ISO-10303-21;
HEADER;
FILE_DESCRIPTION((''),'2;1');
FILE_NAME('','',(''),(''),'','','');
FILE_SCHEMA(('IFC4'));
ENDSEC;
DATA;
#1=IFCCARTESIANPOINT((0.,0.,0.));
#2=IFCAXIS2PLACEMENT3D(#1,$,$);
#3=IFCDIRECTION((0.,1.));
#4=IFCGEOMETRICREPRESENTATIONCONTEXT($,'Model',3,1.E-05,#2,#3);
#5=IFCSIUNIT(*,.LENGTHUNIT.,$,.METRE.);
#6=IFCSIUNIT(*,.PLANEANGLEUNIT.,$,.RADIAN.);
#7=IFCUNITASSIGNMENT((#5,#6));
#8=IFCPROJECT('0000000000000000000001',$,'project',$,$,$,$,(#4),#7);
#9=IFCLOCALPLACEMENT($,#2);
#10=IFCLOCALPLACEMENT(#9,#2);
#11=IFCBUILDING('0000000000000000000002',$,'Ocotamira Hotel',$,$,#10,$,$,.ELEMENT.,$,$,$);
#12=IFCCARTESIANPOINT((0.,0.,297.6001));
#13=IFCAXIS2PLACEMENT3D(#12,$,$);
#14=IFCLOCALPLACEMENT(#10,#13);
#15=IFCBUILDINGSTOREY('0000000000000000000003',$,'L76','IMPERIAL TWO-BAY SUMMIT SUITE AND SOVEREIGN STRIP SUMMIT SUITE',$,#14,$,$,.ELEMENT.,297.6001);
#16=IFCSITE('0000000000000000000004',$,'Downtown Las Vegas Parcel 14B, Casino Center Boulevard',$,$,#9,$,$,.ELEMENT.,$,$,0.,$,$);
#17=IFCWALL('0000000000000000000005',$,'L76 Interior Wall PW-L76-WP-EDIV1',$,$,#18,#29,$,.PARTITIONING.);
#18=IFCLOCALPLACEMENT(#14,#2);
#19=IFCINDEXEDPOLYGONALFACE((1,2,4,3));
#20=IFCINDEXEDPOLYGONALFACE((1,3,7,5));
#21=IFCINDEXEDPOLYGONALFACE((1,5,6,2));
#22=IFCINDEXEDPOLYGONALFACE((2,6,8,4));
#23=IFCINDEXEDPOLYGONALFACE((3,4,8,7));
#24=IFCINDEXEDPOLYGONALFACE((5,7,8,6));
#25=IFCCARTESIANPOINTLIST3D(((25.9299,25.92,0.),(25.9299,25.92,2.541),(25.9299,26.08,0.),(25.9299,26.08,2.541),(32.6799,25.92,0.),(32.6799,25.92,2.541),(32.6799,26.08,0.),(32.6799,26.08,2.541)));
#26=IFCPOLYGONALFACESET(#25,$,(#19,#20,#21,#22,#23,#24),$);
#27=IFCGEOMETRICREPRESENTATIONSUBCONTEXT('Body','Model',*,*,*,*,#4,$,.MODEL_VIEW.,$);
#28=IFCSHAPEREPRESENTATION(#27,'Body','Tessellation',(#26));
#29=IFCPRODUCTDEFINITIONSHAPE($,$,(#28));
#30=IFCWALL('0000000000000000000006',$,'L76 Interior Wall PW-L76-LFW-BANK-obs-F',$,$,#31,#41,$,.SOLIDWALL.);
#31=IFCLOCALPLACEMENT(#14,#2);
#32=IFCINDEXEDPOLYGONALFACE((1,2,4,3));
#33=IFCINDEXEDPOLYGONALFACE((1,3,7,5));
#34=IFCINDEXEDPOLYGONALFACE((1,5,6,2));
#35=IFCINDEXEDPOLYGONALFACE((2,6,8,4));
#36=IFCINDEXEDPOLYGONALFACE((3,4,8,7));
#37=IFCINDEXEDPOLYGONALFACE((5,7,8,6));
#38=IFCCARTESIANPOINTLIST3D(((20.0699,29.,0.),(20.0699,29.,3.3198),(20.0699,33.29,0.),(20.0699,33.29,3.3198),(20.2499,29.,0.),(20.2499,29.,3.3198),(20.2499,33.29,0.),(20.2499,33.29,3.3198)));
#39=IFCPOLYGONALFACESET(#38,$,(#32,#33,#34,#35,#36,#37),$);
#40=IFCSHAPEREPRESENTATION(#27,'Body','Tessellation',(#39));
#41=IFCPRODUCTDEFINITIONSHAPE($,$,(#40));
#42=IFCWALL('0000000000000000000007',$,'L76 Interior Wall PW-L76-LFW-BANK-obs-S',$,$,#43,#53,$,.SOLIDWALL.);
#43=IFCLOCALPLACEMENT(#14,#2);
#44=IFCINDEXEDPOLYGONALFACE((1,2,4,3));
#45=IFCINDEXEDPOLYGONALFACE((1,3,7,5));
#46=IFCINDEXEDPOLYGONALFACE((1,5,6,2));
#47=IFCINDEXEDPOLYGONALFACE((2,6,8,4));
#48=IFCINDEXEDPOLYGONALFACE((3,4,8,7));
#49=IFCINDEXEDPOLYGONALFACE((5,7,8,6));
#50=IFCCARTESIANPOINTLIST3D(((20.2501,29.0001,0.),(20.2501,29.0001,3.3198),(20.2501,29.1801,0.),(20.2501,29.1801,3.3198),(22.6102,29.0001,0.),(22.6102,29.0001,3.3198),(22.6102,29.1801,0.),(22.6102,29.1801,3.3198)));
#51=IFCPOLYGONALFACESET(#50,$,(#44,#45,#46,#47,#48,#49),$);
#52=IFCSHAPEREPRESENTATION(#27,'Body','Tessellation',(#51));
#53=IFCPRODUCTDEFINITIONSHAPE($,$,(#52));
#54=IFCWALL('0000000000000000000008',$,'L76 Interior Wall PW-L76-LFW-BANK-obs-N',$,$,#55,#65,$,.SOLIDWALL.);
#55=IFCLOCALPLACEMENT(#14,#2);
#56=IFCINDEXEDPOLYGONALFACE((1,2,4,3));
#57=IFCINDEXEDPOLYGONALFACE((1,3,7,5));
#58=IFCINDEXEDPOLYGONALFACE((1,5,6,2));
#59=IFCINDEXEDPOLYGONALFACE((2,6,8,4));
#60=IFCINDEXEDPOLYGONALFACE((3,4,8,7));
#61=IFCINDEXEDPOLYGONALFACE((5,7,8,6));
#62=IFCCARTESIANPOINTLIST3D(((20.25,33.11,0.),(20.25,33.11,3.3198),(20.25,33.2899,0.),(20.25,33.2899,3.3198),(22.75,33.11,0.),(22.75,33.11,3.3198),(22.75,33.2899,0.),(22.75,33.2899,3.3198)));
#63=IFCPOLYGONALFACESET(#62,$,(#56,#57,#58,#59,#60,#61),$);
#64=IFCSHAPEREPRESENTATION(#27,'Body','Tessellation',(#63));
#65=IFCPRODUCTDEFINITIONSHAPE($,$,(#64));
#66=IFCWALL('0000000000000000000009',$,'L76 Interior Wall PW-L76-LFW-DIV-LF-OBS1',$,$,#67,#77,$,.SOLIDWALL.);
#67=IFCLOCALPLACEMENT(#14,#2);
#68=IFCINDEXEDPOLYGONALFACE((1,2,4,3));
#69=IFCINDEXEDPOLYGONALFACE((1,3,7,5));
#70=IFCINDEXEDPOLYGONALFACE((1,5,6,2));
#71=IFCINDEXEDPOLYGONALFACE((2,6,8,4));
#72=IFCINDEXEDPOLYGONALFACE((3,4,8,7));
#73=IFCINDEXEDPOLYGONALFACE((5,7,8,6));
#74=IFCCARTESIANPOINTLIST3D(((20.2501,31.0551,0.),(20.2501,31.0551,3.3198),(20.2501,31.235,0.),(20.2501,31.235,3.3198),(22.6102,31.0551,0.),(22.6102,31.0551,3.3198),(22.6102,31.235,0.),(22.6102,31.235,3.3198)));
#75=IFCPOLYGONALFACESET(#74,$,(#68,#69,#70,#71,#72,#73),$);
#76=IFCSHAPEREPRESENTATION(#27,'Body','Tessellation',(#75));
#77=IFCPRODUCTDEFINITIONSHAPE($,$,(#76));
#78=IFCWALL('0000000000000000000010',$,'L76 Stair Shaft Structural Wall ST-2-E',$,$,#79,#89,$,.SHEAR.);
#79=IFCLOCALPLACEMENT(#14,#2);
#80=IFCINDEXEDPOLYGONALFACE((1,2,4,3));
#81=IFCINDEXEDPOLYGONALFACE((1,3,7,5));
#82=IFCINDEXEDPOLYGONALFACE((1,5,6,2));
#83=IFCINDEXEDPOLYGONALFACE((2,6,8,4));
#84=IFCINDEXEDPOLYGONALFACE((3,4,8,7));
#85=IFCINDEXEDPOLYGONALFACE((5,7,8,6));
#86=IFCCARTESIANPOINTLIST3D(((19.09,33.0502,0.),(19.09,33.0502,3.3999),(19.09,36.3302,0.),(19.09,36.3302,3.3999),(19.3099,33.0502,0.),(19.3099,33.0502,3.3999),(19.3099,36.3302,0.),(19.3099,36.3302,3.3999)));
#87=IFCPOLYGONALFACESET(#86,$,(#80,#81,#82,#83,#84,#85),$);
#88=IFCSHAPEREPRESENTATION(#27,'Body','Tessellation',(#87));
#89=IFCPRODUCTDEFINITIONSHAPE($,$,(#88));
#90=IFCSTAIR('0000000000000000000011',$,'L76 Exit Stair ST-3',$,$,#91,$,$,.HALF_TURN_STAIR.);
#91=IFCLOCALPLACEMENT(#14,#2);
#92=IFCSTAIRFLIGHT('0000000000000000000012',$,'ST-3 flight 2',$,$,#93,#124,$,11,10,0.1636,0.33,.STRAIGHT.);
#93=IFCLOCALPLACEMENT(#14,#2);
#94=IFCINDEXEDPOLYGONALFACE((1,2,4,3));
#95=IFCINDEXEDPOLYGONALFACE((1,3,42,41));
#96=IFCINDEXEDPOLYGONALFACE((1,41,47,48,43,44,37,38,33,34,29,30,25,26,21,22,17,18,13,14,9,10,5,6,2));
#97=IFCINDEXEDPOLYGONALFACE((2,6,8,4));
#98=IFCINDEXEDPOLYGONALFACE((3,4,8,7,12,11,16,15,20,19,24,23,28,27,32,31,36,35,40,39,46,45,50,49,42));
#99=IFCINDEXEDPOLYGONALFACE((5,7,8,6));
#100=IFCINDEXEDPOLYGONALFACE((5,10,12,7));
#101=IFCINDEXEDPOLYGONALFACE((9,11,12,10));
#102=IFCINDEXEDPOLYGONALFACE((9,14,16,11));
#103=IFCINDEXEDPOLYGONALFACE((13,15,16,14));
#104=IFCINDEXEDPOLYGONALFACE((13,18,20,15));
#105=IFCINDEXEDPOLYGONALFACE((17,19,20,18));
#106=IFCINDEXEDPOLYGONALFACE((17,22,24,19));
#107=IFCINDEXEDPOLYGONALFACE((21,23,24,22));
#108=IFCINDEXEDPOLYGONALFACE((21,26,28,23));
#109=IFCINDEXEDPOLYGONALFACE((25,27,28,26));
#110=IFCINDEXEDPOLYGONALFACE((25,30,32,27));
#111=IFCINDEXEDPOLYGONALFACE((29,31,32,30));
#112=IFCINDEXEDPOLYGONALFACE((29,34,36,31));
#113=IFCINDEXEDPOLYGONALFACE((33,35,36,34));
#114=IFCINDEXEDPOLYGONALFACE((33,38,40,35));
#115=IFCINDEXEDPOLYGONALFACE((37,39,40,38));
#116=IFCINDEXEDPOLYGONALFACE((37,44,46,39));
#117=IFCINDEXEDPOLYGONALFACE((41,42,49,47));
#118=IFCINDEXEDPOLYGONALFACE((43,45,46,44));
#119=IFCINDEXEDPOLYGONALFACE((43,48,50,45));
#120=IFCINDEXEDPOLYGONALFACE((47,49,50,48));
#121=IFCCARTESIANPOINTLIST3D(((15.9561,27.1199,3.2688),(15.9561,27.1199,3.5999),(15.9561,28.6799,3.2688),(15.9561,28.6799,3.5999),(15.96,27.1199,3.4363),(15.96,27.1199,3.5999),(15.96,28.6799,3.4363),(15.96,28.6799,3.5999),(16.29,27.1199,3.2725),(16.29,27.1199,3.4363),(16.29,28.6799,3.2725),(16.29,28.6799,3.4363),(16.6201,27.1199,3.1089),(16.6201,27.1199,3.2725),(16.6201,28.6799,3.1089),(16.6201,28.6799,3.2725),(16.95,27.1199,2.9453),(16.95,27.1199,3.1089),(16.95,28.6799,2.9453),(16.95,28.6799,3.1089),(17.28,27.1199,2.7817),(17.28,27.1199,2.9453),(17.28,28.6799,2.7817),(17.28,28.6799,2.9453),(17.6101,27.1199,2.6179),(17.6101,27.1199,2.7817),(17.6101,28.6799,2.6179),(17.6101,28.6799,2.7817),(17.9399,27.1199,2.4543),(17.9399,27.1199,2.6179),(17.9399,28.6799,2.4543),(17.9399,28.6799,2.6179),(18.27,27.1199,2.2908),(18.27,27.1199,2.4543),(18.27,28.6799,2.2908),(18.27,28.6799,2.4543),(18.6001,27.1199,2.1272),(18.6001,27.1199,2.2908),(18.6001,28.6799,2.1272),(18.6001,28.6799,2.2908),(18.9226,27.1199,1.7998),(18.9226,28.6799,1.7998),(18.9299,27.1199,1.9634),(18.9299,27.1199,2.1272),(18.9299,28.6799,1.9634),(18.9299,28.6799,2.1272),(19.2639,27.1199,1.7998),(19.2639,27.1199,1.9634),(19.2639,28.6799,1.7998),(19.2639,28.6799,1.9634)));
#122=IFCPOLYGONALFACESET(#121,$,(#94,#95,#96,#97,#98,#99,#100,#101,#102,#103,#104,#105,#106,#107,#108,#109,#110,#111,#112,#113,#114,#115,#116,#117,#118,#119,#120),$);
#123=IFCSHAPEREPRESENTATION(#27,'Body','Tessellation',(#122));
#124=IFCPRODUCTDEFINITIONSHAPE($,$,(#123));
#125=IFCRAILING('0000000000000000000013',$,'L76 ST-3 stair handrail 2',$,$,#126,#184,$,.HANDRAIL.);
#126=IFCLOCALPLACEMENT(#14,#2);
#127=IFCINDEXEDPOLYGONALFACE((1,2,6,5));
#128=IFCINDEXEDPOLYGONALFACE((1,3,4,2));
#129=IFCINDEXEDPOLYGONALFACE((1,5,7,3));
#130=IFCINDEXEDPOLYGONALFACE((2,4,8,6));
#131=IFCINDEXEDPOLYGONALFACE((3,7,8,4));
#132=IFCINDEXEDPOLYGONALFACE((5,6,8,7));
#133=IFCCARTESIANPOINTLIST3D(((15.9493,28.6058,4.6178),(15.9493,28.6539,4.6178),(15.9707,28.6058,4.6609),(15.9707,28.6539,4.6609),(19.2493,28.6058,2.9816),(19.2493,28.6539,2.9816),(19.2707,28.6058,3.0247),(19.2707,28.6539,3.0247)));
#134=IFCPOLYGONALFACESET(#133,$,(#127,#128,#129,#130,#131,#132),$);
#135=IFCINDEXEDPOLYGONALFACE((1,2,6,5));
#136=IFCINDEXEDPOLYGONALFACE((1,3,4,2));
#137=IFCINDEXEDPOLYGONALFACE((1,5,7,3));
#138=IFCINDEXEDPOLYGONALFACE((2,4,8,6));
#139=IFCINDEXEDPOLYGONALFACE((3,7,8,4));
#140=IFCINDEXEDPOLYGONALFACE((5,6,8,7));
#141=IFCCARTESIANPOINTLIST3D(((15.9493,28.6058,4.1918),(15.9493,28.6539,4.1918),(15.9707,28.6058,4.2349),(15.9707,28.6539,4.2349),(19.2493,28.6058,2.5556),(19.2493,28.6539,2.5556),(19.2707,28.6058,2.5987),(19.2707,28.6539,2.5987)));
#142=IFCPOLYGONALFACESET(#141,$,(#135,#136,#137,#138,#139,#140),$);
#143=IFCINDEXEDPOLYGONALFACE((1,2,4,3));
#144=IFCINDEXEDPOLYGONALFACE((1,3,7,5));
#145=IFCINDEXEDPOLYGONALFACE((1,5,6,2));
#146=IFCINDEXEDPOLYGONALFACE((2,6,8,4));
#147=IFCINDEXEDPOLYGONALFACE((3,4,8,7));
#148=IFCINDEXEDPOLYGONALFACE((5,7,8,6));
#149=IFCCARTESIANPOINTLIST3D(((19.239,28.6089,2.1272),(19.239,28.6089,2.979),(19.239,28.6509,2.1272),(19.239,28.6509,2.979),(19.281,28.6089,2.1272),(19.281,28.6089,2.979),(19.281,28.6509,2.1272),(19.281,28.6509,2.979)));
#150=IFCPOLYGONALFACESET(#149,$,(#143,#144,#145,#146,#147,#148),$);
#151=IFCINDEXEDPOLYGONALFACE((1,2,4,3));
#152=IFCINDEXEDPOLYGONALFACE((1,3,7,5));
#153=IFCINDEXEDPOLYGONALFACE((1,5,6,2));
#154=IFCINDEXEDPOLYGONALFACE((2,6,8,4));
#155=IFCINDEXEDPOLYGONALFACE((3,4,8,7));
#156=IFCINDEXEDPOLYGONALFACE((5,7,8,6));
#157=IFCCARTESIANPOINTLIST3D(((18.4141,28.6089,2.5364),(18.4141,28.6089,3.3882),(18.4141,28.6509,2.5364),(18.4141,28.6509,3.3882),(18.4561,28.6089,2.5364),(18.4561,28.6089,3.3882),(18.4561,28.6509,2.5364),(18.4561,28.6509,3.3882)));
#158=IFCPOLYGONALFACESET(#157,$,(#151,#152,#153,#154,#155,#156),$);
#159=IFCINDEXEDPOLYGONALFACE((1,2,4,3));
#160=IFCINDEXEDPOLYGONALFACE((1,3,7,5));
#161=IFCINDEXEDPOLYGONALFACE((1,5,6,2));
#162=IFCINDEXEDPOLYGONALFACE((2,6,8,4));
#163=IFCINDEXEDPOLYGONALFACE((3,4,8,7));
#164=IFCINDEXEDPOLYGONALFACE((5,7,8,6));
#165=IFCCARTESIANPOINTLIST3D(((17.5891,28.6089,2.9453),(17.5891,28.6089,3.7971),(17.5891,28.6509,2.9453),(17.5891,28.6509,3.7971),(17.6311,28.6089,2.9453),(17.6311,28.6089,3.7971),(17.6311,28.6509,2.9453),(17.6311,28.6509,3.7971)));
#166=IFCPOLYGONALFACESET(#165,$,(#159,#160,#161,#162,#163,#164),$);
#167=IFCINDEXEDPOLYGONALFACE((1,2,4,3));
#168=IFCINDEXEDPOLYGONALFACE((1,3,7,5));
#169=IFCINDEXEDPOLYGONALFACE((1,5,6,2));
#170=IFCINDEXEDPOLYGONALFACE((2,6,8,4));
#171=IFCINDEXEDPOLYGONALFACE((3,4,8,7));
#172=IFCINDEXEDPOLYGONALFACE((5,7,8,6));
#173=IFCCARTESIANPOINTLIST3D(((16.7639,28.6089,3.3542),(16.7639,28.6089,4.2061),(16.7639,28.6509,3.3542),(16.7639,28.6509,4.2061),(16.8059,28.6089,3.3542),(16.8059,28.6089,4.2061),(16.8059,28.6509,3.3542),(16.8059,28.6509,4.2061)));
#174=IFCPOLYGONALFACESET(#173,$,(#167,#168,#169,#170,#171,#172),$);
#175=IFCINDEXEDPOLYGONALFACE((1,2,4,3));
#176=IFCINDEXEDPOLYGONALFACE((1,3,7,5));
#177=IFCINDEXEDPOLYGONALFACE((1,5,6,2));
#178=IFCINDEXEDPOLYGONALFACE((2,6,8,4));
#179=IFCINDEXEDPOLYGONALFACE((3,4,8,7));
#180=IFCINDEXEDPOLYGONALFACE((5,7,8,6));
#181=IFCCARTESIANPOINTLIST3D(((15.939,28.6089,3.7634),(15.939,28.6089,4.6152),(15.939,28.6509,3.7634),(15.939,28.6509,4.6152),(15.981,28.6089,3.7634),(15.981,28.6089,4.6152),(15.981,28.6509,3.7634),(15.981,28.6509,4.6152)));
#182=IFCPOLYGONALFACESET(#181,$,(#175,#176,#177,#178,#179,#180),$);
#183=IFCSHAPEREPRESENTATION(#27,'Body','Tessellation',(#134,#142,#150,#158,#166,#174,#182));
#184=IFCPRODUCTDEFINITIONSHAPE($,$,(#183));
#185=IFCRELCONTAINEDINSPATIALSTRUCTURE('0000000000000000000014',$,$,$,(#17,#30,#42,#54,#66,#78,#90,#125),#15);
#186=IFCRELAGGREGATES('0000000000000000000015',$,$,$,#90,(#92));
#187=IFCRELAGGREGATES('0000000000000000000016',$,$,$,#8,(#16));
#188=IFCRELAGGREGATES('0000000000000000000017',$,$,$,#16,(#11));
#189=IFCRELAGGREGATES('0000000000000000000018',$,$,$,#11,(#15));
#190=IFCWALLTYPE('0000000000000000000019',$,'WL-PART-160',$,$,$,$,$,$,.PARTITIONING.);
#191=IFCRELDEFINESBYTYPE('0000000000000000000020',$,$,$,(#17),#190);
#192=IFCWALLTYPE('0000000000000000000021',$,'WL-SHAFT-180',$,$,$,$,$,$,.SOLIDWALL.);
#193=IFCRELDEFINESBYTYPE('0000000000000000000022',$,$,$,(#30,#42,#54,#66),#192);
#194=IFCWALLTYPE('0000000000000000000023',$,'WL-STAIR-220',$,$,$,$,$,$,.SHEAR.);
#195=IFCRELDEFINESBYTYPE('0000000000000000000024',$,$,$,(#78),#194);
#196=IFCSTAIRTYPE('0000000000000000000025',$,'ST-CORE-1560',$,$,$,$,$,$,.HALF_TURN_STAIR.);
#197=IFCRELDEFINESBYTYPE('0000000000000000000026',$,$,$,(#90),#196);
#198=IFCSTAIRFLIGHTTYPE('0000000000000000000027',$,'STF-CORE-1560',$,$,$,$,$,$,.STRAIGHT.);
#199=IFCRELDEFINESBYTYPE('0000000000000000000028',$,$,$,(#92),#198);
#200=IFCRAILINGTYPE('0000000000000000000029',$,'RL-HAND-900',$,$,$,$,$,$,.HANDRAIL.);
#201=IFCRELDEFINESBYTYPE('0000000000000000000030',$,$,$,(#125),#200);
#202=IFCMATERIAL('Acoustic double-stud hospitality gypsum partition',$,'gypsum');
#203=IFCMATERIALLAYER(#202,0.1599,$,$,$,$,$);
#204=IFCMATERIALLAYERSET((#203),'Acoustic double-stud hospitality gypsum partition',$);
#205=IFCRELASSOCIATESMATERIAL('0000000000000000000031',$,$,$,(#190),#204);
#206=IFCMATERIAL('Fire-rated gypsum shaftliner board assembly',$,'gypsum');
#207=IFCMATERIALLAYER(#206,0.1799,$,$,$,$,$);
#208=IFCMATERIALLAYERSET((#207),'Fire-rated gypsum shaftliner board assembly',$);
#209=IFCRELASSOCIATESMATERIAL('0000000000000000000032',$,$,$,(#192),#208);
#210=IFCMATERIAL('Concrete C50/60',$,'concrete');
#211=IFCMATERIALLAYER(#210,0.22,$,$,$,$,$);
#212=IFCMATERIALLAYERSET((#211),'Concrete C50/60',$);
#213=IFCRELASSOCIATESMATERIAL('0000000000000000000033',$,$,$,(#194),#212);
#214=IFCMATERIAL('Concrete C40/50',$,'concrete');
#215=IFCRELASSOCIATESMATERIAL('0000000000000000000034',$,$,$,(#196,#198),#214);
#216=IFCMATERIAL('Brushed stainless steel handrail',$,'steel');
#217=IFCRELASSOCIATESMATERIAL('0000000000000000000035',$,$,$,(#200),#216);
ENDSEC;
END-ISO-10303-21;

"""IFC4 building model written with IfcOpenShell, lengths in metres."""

from ifc_helpers import new_model, si_unit, direction, frame, frame_2d, origin, origin_2d, place, context, subcontext, project, spatial, polyline, rectangle, outline, extrude, source, transform, mapped, material, layer, layer_set, type_object, element, aggregate, save


model = new_model("IFC4")

# Units and contexts
model_context = context("Model", 3, precision=1e-05, world=origin(), true_north=direction((0.0, 1.0)))
body_context = subcontext(model_context, "Body", "Model", "MODEL_VIEW")
ifc_project = project(units=[si_unit("LENGTHUNIT", "METRE"), si_unit("PLANEANGLEUNIT", "RADIAN")], contexts=[model_context])

# Site, building, storey
site_placement = place(None, origin())
site = spatial("IfcSite", under=ifc_project, at=site_placement, Name="Downtown Las Vegas Parcel 14B, Casino Center Boulevard", CompositionType="ELEMENT", RefElevation=0.0)
building_placement = place(site_placement, origin())
building = spatial("IfcBuilding", under=site, at=building_placement, Name="Ocotamira Hotel", CompositionType="ELEMENT")
storey_placement = place(building_placement, frame((0.0, 0.0, 297.6001)))
storey = spatial("IfcBuildingStorey", under=building, at=storey_placement, Name="L76", Description="IMPERIAL TWO-BAY SUMMIT SUITE AND SOVEREIGN STRIP SUMMIT SUITE", CompositionType="ELEMENT", Elevation=297.6001)

# Walls
ifc_material_1 = material(Name="Acoustic double-stud hospitality gypsum partition", Category="gypsum")
ifc_layer_1 = layer(ifc_material_1, 0.1599)
ifc_layer_set_1 = layer_set([ifc_layer_1], Name="Acoustic double-stud hospitality gypsum partition")
wall_type_1 = type_object("IfcWallType", Name="WL-PART-160", PredefinedType="PARTITIONING", material=ifc_layer_set_1)
wall_1_placement = place(storey_placement, frame((25.9299, 26.0, 0.0), z_axis=(0.0, 0.0, 1.0), x_axis=(1.0, 0.0, 0.0)))
element("IfcWall", 1, at=wall_1_placement, inside=storey, type_object=wall_type_1, Name="L76 Interior Wall PW-L76-WP-EDIV1", PredefinedType="PARTITIONING", context=body_context, shape_type="SweptSolid", body=[
    extrude(rectangle(XDim=6.75, YDim=0.1599, at=frame_2d((3.375, 0.0))), origin(), (0.0, 0.0, 1.0), 2.541),
])
ifc_material_2 = material(Name="Fire-rated gypsum shaftliner board assembly", Category="gypsum")
ifc_layer_2 = layer(ifc_material_2, 0.1799)
ifc_layer_set_2 = layer_set([ifc_layer_2], Name="Fire-rated gypsum shaftliner board assembly")
wall_type_2 = type_object("IfcWallType", Name="WL-SHAFT-180", PredefinedType="SOLIDWALL", material=ifc_layer_set_2)
wall_2_placement = place(storey_placement, frame((20.1599, 29.0, 0.0), z_axis=(0.0, 0.0, 1.0), x_axis=(0.0, 1.0, 0.0)))
element("IfcWall", 2, at=wall_2_placement, inside=storey, type_object=wall_type_2, Name="L76 Interior Wall PW-L76-LFW-BANK-obs-F", PredefinedType="SOLIDWALL", context=body_context, shape_type="SweptSolid", body=[
    extrude(rectangle(XDim=4.29, YDim=0.1799, at=frame_2d((2.145, 0.0))), origin(), (0.0, 0.0, 1.0), 3.3198),
])
wall_3_placement = place(storey_placement, frame((20.25, 29.0901, 0.0), z_axis=(0.0, 0.0, 1.0), x_axis=(1.0, 0.0, 0.0)))
element("IfcWall", 3, at=wall_3_placement, inside=storey, type_object=wall_type_2, Name="L76 Interior Wall PW-L76-LFW-BANK-obs-S", PredefinedType="SOLIDWALL", context=body_context, shape_type="SweptSolid", body=[
    extrude(rectangle(XDim=2.3601, YDim=0.1799, at=frame_2d((1.1802, 0.0))), origin(), (0.0, 0.0, 1.0), 3.3198),
])
wall_4_placement = place(storey_placement, frame((20.25, 33.2, 0.0), z_axis=(0.0, 0.0, 1.0), x_axis=(1.0, 0.0, 0.0)))
element("IfcWall", 4, at=wall_4_placement, inside=storey, type_object=wall_type_2, Name="L76 Interior Wall PW-L76-LFW-BANK-obs-N", PredefinedType="SOLIDWALL", context=body_context, shape_type="SweptSolid", body=[
    extrude(rectangle(XDim=2.5, YDim=0.1799, at=frame_2d((1.25, 0.0))), origin(), (0.0, 0.0, 1.0), 3.3198),
])
wall_5_placement = place(storey_placement, frame((20.25, 31.145, 0.0), z_axis=(0.0, 0.0, 1.0), x_axis=(1.0, 0.0, 0.0)))
element("IfcWall", 5, at=wall_5_placement, inside=storey, type_object=wall_type_2, Name="L76 Interior Wall PW-L76-LFW-DIV-LF-OBS1", PredefinedType="SOLIDWALL", context=body_context, shape_type="SweptSolid", body=[
    extrude(rectangle(XDim=2.3601, YDim=0.1799, at=frame_2d((1.1802, 0.0))), origin(), (0.0, 0.0, 1.0), 3.3198),
])
ifc_material_3 = material(Name="Concrete C50/60", Category="concrete")
ifc_layer_3 = layer(ifc_material_3, 0.22)
ifc_layer_set_3 = layer_set([ifc_layer_3], Name="Concrete C50/60")
wall_type_3 = type_object("IfcWallType", Name="WL-STAIR-220", PredefinedType="SHEAR", material=ifc_layer_set_3)
wall_6_placement = place(storey_placement, frame((19.2, 33.05, 0.0), z_axis=(0.0, 0.0, 1.0), x_axis=(0.0, 1.0, 0.0)))
element("IfcWall", 6, at=wall_6_placement, inside=storey, type_object=wall_type_3, Name="L76 Stair Shaft Structural Wall ST-2-E", PredefinedType="SHEAR", context=body_context, shape_type="SweptSolid", body=[
    extrude(rectangle(XDim=3.28, YDim=0.22, at=frame_2d((1.6401, 0.0))), origin(), (0.0, 0.0, 1.0), 3.3999),
])

# Stair, stair flight
ifc_material_4 = material(Name="Concrete C40/50", Category="concrete")
stair_type = type_object("IfcStairType", Name="ST-CORE-1560", PredefinedType="HALF_TURN_STAIR", material=ifc_material_4)
stair_placement = place(storey_placement, origin())
stair = element("IfcStair", 7, at=stair_placement, inside=storey, type_object=stair_type, Name="L76 Exit Stair ST-3", PredefinedType="HALF_TURN_STAIR")
stair_flight_type = type_object("IfcStairFlightType", Name="STF-CORE-1560", PredefinedType="STRAIGHT", material=ifc_material_4)
shared_shape_1 = source(origin(), body_context, "Body", "SweptSolid", [
    extrude(outline(polyline([(-0.0039, 0.0), (-0.0039, 0.1636), (0.3301, 0.1636), (0.3301, 0.3274), (0.6599, 0.3274), (0.6599, 0.491), (0.99, 0.491), (0.99, 0.6545), (1.3201, 0.6545), (1.3201, 0.8181), (1.6499, 0.8181), (1.6499, 0.9819), (1.98, 0.9819), (1.98, 1.1455), (2.3101, 1.1455), (2.3101, 1.3091), (2.6399, 1.3091), (2.6399, 1.4727), (2.97, 1.4727), (2.97, 1.6365), (3.3, 1.6365), (3.3, 1.8), (3.304, 1.8), (3.304, 1.469), (0.3374, 0.0), (-0.0039, 0.0)])), frame((0.0, 0.78, 0.0), z_axis=(0.0, -1.0, 0.0), x_axis=(1.0, 0.0, 0.0)), (0.0, 0.0, 1.0), 1.5601),
])
stair_flight_placement = place(storey_placement, frame((19.26, 27.8999, 1.7998), z_axis=(0.0, 0.0, 1.0), x_axis=(-1.0, 0.0, 0.0)))
stair_flight = element("IfcStairFlight", 8, at=stair_flight_placement, type_object=stair_flight_type, Name="ST-3 flight 2", NumberOfRisers=11, NumberOfTreads=10, PredefinedType="STRAIGHT", RiserHeight=0.1636, TreadLength=0.33, context=body_context, shape_type="MappedRepresentation", body=[
    mapped(shared_shape_1, transform((0.0, 0.0, 0.0), scale=1.0)),
])
aggregate(stair, [stair_flight])

# Railing
ifc_material_5 = material(Name="Brushed stainless steel handrail", Category="steel")
railing_type_1 = type_object("IfcRailingType", Name="RL-HAND-900", PredefinedType="HANDRAIL", material=ifc_material_5)
railing_1_placement = place(storey_placement, frame((19.26, 28.6299, 2.1272)))
element("IfcRailing", 9, at=railing_1_placement, inside=storey, type_object=railing_type_1, Name="L76 ST-3 stair handrail 2", PredefinedType="HANDRAIL", context=body_context, shape_type="SweptSolid", body=[
    extrude(rectangle(XDim=0.0481, YDim=0.0481, at=origin_2d()), frame((0.0, 0.0, 0.876), z_axis=(-0.89592, 0.0, 0.444215), x_axis=(0.0, -1.0, 0.0)), (0.0, 0.0, 1.0), 3.6833),
    extrude(rectangle(XDim=0.0481, YDim=0.0481, at=origin_2d()), frame((0.0, 0.0, 0.45), z_axis=(-0.89592, 0.0, 0.444215), x_axis=(0.0, -1.0, 0.0)), (0.0, 0.0, 1.0), 3.6833),
    extrude(rectangle(XDim=0.042, YDim=0.042, at=origin_2d()), origin(), (0.0, 0.0, 1.0), 0.8518),
    extrude(rectangle(XDim=0.042, YDim=0.042, at=origin_2d()), frame((-0.825, 0.0, 0.4092)), (0.0, 0.0, 1.0), 0.8518),
    extrude(rectangle(XDim=0.042, YDim=0.042, at=origin_2d()), frame((-1.6499, 0.0, 0.8181)), (0.0, 0.0, 1.0), 0.8518),
    extrude(rectangle(XDim=0.042, YDim=0.042, at=origin_2d()), frame((-2.4751, 0.0, 1.2271)), (0.0, 0.0, 1.0), 0.8518),
    extrude(rectangle(XDim=0.042, YDim=0.042, at=origin_2d()), frame((-3.3, 0.0, 1.6362)), (0.0, 0.0, 1.0), 0.8518),
])

save(model, "model.ifc")
